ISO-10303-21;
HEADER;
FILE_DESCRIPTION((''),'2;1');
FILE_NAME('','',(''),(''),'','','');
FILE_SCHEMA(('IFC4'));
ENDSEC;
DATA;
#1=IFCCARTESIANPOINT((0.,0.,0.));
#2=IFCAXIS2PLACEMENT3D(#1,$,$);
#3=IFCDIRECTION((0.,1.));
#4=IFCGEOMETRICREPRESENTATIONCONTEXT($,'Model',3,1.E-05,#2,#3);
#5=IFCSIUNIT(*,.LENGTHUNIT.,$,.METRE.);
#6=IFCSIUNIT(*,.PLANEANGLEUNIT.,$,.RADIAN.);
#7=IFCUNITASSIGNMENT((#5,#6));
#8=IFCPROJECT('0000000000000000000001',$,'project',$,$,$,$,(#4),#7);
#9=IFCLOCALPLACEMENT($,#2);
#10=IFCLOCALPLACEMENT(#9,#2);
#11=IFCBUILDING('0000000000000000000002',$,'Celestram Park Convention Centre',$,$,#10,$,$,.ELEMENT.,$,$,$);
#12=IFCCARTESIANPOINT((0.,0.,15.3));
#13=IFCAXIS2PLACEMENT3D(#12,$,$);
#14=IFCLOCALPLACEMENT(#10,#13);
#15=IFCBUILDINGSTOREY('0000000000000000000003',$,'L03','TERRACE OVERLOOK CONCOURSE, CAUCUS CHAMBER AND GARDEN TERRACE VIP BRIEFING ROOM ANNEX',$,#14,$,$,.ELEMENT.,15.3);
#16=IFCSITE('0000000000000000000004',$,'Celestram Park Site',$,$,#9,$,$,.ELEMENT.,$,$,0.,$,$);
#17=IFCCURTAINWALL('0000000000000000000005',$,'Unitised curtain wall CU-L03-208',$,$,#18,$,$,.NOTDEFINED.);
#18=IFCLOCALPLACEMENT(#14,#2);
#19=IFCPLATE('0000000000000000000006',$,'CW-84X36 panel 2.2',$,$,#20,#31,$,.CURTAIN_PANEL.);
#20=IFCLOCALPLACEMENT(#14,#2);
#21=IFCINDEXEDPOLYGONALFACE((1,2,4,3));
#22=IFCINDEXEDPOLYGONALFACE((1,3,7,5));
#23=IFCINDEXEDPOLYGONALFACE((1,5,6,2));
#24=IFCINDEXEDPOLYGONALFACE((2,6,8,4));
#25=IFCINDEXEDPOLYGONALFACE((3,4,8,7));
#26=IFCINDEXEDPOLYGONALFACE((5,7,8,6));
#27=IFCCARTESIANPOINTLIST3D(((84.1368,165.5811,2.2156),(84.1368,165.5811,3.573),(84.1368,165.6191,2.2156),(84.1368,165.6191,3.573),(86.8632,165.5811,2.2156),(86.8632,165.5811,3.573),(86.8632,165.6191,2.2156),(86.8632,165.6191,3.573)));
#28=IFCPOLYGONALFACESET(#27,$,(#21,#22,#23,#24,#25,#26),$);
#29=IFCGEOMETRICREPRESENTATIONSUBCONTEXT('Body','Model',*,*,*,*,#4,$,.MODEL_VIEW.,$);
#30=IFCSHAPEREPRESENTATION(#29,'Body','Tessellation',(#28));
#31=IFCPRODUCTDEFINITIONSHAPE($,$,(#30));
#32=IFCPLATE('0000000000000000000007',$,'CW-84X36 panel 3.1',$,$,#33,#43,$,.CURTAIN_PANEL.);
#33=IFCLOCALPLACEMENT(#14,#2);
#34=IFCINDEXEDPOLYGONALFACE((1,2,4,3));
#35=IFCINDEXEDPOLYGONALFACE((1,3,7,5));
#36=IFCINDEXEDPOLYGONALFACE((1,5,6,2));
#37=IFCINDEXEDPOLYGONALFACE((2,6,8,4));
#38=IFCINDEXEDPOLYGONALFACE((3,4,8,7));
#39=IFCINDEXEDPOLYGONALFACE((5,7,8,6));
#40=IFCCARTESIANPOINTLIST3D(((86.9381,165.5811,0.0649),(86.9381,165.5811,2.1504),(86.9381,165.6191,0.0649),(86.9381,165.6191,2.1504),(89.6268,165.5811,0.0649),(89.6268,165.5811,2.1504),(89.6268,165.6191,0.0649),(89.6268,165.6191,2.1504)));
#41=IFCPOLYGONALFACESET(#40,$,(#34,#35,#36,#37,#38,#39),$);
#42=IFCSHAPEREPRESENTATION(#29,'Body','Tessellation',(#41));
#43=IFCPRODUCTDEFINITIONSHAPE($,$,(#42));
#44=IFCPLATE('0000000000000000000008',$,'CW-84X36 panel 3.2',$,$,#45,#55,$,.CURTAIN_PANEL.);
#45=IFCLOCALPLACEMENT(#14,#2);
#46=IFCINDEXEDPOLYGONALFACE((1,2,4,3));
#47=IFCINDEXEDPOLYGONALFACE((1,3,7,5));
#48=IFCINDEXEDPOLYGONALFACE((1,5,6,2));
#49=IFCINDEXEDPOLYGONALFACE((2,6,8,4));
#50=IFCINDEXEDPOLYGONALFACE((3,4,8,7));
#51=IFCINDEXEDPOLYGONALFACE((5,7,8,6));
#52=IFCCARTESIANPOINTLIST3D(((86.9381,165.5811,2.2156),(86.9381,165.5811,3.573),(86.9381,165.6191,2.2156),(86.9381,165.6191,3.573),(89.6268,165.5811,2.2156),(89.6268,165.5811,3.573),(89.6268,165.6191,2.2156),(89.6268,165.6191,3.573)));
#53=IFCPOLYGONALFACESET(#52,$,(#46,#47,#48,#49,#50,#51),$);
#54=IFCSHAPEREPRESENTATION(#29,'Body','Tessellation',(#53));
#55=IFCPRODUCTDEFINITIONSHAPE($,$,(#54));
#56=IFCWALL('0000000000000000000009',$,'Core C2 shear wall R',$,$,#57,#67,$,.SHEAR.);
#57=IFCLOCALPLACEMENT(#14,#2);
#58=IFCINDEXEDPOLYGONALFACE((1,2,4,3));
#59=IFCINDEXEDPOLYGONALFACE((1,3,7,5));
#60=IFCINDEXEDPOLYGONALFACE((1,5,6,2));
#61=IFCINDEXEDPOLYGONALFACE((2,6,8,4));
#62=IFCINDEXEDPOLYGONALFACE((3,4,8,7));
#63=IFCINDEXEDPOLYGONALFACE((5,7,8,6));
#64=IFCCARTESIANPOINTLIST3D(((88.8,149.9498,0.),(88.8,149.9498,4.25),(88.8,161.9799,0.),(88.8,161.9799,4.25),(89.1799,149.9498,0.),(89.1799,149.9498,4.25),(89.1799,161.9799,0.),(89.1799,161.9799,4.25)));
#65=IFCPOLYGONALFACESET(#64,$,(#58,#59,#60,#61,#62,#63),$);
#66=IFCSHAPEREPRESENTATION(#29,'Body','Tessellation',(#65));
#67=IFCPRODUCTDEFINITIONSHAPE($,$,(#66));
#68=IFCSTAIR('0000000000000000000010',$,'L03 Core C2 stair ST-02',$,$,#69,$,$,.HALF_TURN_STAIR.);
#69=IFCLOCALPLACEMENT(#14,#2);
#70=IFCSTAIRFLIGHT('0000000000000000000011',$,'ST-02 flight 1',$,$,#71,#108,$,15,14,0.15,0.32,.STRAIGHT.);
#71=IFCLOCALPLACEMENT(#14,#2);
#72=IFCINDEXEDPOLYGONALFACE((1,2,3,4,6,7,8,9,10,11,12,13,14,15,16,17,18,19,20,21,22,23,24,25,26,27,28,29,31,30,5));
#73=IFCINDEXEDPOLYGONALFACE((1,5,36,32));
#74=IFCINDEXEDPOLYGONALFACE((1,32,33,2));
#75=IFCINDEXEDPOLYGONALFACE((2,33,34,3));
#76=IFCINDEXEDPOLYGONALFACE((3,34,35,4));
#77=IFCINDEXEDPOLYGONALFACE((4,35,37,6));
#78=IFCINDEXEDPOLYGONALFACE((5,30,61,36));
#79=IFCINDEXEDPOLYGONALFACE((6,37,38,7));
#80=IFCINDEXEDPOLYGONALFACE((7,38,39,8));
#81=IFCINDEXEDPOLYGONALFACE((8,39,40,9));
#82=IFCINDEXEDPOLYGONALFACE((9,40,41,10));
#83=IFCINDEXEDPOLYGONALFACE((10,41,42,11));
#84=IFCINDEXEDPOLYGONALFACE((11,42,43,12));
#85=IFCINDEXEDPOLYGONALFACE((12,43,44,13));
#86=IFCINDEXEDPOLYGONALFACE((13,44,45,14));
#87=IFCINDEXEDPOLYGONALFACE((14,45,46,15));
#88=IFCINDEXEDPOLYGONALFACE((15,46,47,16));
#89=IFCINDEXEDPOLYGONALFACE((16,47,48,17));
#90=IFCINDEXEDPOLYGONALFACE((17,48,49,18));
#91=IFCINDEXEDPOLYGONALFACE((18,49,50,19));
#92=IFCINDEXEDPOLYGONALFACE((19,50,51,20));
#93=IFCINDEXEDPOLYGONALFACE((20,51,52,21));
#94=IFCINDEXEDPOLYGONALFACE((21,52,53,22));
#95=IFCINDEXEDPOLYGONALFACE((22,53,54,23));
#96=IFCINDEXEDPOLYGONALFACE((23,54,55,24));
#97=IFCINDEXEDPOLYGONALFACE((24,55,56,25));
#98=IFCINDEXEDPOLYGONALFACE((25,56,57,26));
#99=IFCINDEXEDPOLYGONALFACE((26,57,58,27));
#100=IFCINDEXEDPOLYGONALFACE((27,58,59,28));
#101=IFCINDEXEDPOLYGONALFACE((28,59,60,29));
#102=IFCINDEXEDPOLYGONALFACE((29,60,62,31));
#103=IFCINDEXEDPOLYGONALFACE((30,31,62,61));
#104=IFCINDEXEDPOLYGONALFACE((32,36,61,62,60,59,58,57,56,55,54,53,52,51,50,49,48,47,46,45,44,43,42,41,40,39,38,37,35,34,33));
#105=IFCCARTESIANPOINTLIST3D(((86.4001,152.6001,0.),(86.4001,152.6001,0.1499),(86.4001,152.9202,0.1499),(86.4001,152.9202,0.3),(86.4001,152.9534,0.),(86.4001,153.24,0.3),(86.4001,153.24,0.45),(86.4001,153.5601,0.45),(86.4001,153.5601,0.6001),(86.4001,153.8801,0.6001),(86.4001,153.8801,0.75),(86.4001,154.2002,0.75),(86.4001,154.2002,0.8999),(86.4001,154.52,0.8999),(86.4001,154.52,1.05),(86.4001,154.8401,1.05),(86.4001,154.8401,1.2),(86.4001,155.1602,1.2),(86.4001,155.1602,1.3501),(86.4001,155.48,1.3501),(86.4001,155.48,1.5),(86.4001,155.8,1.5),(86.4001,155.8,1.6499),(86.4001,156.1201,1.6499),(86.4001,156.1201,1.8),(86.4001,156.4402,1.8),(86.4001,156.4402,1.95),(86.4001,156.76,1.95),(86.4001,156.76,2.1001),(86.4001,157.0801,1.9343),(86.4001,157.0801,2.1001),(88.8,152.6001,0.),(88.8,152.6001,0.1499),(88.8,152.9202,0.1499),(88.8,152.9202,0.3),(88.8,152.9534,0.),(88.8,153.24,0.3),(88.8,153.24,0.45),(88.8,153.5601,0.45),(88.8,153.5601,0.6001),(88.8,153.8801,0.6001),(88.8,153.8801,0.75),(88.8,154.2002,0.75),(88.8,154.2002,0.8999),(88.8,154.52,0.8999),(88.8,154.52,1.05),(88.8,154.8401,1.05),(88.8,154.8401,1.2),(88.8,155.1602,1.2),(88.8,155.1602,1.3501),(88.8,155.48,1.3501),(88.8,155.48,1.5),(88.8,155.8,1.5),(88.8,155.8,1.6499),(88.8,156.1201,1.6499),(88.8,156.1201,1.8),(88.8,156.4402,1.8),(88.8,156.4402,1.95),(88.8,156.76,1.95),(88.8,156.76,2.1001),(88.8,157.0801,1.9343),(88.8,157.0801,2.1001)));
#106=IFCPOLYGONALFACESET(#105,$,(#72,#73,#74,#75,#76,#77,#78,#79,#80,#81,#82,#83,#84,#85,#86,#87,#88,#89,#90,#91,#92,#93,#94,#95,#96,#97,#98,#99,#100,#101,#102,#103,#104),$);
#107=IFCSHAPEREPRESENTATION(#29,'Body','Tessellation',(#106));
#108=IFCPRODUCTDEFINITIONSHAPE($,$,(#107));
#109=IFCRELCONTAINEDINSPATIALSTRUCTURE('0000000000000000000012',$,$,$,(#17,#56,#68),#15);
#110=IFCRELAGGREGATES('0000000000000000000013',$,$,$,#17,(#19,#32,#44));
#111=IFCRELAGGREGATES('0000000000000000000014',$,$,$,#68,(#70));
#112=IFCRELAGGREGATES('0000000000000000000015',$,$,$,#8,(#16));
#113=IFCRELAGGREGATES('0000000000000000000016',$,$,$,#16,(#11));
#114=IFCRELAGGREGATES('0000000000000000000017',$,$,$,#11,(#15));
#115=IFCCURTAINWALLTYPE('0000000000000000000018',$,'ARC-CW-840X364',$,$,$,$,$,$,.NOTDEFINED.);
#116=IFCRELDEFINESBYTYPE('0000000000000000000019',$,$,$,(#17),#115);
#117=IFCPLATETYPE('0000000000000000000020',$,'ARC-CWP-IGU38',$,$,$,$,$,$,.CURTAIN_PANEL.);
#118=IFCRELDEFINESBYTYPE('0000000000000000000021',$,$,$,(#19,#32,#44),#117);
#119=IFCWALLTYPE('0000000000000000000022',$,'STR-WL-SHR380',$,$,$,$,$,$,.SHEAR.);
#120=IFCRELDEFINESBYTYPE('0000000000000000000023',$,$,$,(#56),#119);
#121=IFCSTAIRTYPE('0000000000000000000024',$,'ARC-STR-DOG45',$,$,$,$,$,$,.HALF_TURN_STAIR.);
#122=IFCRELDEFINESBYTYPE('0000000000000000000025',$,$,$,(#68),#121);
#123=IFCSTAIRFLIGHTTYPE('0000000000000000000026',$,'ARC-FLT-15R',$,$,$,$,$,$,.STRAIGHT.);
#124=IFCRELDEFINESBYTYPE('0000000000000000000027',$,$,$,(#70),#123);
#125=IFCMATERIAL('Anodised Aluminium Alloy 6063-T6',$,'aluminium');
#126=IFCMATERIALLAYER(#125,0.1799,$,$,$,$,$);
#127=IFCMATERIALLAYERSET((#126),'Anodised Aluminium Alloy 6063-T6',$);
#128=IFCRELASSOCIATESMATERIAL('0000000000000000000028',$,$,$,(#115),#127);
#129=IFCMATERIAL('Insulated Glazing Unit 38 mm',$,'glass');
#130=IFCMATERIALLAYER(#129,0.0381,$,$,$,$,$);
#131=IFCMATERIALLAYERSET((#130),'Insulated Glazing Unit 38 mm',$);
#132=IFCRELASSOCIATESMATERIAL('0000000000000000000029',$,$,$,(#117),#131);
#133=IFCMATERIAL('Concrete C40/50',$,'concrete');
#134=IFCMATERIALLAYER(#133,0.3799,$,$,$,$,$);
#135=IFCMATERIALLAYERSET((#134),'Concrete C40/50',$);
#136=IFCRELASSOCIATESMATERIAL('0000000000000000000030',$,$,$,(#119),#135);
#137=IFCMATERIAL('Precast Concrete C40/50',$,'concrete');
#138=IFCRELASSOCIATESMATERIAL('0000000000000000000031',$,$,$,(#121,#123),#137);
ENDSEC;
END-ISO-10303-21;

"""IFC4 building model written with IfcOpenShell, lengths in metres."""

from ifc_helpers import new_model, si_unit, direction, frame, frame_2d, origin, origin_2d, place, context, subcontext, project, spatial, polyline, rectangle, outline, extrude, material, layer, layer_set, type_object, element, aggregate, save


model = new_model("IFC4")

# Units and contexts
model_context = context("Model", 3, precision=1e-05, world=origin(), true_north=direction((0.0, 1.0)))
body_context = subcontext(model_context, "Body", "Model", "MODEL_VIEW")
ifc_project = project(units=[si_unit("LENGTHUNIT", "METRE"), si_unit("PLANEANGLEUNIT", "RADIAN")], contexts=[model_context])

# Site, building, storey
site_placement = place(None, origin())
site = spatial("IfcSite", under=ifc_project, at=site_placement, Name="Celestram Park Site", CompositionType="ELEMENT", RefElevation=0.0)
building_placement = place(site_placement, origin())
building = spatial("IfcBuilding", under=site, at=building_placement, Name="Celestram Park Convention Centre", CompositionType="ELEMENT")
storey_placement = place(building_placement, frame((0.0, 0.0, 15.3)))
storey = spatial("IfcBuildingStorey", under=building, at=storey_placement, Name="L03", Description="TERRACE OVERLOOK CONCOURSE, CAUCUS CHAMBER AND GARDEN TERRACE VIP BRIEFING ROOM ANNEX", CompositionType="ELEMENT", Elevation=15.3)

# Shared definitions
ifc_material_1 = material(Name="Concrete C40/50", Category="concrete")

# Curtain wall
ifc_material_2 = material(Name="Anodised Aluminium Alloy 6063-T6", Category="aluminium")
ifc_layer_1 = layer(ifc_material_2, 0.1799)
ifc_layer_set_1 = layer_set([ifc_layer_1], Name="Anodised Aluminium Alloy 6063-T6")
curtain_wall_type_1 = type_object("IfcCurtainWallType", Name="ARC-CW-840X364", PredefinedType="NOTDEFINED", material=ifc_layer_set_1)
curtain_wall_1_placement = place(storey_placement, origin())
curtain_wall_1 = element("IfcCurtainWall", 1, at=curtain_wall_1_placement, inside=storey, type_object=curtain_wall_type_1, Name="Unitised curtain wall CU-L03-208", PredefinedType="NOTDEFINED")

# Plates
ifc_material_3 = material(Name="Insulated Glazing Unit 38 mm", Category="glass")
ifc_layer_2 = layer(ifc_material_3, 0.0381)
ifc_layer_set_2 = layer_set([ifc_layer_2], Name="Insulated Glazing Unit 38 mm")
plate_type = type_object("IfcPlateType", Name="ARC-CWP-IGU38", PredefinedType="CURTAIN_PANEL", material=ifc_layer_set_2)
plate_1_placement = place(storey_placement, frame((85.5, 165.6001, 2.2156), z_axis=(0.0, 0.0, 1.0), x_axis=(1.0, 0.0, 0.0)))
plate_1 = element("IfcPlate", 2, at=plate_1_placement, type_object=plate_type, Name="CW-84X36 panel 2.2", PredefinedType="CURTAIN_PANEL", context=body_context, shape_type="SweptSolid", body=[
    extrude(rectangle(XDim=2.7263, YDim=0.0381, at=origin_2d()), origin(), (0.0, 0.0, 1.0), 1.3574),
])
plate_2_placement = place(storey_placement, frame((88.2825, 165.6001, 0.0649), z_axis=(0.0, 0.0, 1.0), x_axis=(1.0, 0.0, 0.0)))
plate_2 = element("IfcPlate", 3, at=plate_2_placement, type_object=plate_type, Name="CW-84X36 panel 3.1", PredefinedType="CURTAIN_PANEL", context=body_context, shape_type="SweptSolid", body=[
    extrude(rectangle(XDim=2.6887, YDim=0.0381, at=origin_2d()), origin(), (0.0, 0.0, 1.0), 2.0854),
])
plate_3_placement = place(storey_placement, frame((88.2825, 165.6001, 2.2156), z_axis=(0.0, 0.0, 1.0), x_axis=(1.0, 0.0, 0.0)))
plate_3 = element("IfcPlate", 4, at=plate_3_placement, type_object=plate_type, Name="CW-84X36 panel 3.2", PredefinedType="CURTAIN_PANEL", context=body_context, shape_type="SweptSolid", body=[
    extrude(rectangle(XDim=2.6887, YDim=0.0381, at=origin_2d()), origin(), (0.0, 0.0, 1.0), 1.3574),
])
aggregate(curtain_wall_1, [plate_1, plate_2, plate_3])

# Wall
ifc_layer_3 = layer(ifc_material_1, 0.3799)
ifc_layer_set_3 = layer_set([ifc_layer_3], Name="Concrete C40/50")
wall_type = type_object("IfcWallType", Name="STR-WL-SHR380", PredefinedType="SHEAR", material=ifc_layer_set_3)
wall_placement = place(storey_placement, frame((88.99, 161.98, 0.0), z_axis=(0.0, 0.0, 1.0), x_axis=(0.0, -1.0, 0.0)))
element("IfcWall", 5, at=wall_placement, inside=storey, type_object=wall_type, Name="Core C2 shear wall R", PredefinedType="SHEAR", context=body_context, shape_type="SweptSolid", body=[
    extrude(rectangle(XDim=12.03, YDim=0.3799, at=frame_2d((6.0151, 0.0))), origin(), (0.0, 0.0, 1.0), 4.25),
])

# Stair, stair flight
ifc_material_4 = material(Name="Precast Concrete C40/50", Category="concrete")
stair_type = type_object("IfcStairType", Name="ARC-STR-DOG45", PredefinedType="HALF_TURN_STAIR", material=ifc_material_4)
stair_placement = place(storey_placement, origin())
stair = element("IfcStair", 6, at=stair_placement, inside=storey, type_object=stair_type, Name="L03 Core C2 stair ST-02", PredefinedType="HALF_TURN_STAIR")
stair_flight_type = type_object("IfcStairFlightType", Name="ARC-FLT-15R", PredefinedType="STRAIGHT", material=ifc_material_4)
stair_flight_placement = place(storey_placement, frame((87.6001, 152.6001, 0.0), z_axis=(0.0, 0.0, 1.0), x_axis=(0.0, 1.0, 0.0)))
stair_flight = element("IfcStairFlight", 7, at=stair_flight_placement, type_object=stair_flight_type, Name="ST-02 flight 1", NumberOfRisers=15, NumberOfTreads=14, PredefinedType="STRAIGHT", RiserHeight=0.15, TreadLength=0.32, context=body_context, shape_type="SweptSolid", body=[
    extrude(outline(polyline([(0.0, 0.0), (0.0, 0.1499), (0.3201, 0.1499), (0.3201, 0.3), (0.6399, 0.3), (0.6399, 0.45), (0.96, 0.45), (0.96, 0.6001), (1.28, 0.6001), (1.28, 0.75), (1.6001, 0.75), (1.6001, 0.8999), (1.9199, 0.8999), (1.9199, 1.05), (2.24, 1.05), (2.24, 1.2), (2.5601, 1.2), (2.5601, 1.3501), (2.8799, 1.3501), (2.8799, 1.5), (3.2, 1.5), (3.2, 1.6499), (3.52, 1.6499), (3.52, 1.8), (3.8401, 1.8), (3.8401, 1.95), (4.1599, 1.95), (4.1599, 2.1001), (4.48, 2.1001), (4.48, 2.25), (4.48, 1.9343), (0.3533, 0.0), (0.0, 0.0)])), frame((0.0, 1.2, 0.0), z_axis=(0.0, -1.0, 0.0), x_axis=(1.0, 0.0, 0.0)), (0.0, 0.0, 1.0), 2.3999),
])
aggregate(stair, [stair_flight])

save(model, "model.ifc")
